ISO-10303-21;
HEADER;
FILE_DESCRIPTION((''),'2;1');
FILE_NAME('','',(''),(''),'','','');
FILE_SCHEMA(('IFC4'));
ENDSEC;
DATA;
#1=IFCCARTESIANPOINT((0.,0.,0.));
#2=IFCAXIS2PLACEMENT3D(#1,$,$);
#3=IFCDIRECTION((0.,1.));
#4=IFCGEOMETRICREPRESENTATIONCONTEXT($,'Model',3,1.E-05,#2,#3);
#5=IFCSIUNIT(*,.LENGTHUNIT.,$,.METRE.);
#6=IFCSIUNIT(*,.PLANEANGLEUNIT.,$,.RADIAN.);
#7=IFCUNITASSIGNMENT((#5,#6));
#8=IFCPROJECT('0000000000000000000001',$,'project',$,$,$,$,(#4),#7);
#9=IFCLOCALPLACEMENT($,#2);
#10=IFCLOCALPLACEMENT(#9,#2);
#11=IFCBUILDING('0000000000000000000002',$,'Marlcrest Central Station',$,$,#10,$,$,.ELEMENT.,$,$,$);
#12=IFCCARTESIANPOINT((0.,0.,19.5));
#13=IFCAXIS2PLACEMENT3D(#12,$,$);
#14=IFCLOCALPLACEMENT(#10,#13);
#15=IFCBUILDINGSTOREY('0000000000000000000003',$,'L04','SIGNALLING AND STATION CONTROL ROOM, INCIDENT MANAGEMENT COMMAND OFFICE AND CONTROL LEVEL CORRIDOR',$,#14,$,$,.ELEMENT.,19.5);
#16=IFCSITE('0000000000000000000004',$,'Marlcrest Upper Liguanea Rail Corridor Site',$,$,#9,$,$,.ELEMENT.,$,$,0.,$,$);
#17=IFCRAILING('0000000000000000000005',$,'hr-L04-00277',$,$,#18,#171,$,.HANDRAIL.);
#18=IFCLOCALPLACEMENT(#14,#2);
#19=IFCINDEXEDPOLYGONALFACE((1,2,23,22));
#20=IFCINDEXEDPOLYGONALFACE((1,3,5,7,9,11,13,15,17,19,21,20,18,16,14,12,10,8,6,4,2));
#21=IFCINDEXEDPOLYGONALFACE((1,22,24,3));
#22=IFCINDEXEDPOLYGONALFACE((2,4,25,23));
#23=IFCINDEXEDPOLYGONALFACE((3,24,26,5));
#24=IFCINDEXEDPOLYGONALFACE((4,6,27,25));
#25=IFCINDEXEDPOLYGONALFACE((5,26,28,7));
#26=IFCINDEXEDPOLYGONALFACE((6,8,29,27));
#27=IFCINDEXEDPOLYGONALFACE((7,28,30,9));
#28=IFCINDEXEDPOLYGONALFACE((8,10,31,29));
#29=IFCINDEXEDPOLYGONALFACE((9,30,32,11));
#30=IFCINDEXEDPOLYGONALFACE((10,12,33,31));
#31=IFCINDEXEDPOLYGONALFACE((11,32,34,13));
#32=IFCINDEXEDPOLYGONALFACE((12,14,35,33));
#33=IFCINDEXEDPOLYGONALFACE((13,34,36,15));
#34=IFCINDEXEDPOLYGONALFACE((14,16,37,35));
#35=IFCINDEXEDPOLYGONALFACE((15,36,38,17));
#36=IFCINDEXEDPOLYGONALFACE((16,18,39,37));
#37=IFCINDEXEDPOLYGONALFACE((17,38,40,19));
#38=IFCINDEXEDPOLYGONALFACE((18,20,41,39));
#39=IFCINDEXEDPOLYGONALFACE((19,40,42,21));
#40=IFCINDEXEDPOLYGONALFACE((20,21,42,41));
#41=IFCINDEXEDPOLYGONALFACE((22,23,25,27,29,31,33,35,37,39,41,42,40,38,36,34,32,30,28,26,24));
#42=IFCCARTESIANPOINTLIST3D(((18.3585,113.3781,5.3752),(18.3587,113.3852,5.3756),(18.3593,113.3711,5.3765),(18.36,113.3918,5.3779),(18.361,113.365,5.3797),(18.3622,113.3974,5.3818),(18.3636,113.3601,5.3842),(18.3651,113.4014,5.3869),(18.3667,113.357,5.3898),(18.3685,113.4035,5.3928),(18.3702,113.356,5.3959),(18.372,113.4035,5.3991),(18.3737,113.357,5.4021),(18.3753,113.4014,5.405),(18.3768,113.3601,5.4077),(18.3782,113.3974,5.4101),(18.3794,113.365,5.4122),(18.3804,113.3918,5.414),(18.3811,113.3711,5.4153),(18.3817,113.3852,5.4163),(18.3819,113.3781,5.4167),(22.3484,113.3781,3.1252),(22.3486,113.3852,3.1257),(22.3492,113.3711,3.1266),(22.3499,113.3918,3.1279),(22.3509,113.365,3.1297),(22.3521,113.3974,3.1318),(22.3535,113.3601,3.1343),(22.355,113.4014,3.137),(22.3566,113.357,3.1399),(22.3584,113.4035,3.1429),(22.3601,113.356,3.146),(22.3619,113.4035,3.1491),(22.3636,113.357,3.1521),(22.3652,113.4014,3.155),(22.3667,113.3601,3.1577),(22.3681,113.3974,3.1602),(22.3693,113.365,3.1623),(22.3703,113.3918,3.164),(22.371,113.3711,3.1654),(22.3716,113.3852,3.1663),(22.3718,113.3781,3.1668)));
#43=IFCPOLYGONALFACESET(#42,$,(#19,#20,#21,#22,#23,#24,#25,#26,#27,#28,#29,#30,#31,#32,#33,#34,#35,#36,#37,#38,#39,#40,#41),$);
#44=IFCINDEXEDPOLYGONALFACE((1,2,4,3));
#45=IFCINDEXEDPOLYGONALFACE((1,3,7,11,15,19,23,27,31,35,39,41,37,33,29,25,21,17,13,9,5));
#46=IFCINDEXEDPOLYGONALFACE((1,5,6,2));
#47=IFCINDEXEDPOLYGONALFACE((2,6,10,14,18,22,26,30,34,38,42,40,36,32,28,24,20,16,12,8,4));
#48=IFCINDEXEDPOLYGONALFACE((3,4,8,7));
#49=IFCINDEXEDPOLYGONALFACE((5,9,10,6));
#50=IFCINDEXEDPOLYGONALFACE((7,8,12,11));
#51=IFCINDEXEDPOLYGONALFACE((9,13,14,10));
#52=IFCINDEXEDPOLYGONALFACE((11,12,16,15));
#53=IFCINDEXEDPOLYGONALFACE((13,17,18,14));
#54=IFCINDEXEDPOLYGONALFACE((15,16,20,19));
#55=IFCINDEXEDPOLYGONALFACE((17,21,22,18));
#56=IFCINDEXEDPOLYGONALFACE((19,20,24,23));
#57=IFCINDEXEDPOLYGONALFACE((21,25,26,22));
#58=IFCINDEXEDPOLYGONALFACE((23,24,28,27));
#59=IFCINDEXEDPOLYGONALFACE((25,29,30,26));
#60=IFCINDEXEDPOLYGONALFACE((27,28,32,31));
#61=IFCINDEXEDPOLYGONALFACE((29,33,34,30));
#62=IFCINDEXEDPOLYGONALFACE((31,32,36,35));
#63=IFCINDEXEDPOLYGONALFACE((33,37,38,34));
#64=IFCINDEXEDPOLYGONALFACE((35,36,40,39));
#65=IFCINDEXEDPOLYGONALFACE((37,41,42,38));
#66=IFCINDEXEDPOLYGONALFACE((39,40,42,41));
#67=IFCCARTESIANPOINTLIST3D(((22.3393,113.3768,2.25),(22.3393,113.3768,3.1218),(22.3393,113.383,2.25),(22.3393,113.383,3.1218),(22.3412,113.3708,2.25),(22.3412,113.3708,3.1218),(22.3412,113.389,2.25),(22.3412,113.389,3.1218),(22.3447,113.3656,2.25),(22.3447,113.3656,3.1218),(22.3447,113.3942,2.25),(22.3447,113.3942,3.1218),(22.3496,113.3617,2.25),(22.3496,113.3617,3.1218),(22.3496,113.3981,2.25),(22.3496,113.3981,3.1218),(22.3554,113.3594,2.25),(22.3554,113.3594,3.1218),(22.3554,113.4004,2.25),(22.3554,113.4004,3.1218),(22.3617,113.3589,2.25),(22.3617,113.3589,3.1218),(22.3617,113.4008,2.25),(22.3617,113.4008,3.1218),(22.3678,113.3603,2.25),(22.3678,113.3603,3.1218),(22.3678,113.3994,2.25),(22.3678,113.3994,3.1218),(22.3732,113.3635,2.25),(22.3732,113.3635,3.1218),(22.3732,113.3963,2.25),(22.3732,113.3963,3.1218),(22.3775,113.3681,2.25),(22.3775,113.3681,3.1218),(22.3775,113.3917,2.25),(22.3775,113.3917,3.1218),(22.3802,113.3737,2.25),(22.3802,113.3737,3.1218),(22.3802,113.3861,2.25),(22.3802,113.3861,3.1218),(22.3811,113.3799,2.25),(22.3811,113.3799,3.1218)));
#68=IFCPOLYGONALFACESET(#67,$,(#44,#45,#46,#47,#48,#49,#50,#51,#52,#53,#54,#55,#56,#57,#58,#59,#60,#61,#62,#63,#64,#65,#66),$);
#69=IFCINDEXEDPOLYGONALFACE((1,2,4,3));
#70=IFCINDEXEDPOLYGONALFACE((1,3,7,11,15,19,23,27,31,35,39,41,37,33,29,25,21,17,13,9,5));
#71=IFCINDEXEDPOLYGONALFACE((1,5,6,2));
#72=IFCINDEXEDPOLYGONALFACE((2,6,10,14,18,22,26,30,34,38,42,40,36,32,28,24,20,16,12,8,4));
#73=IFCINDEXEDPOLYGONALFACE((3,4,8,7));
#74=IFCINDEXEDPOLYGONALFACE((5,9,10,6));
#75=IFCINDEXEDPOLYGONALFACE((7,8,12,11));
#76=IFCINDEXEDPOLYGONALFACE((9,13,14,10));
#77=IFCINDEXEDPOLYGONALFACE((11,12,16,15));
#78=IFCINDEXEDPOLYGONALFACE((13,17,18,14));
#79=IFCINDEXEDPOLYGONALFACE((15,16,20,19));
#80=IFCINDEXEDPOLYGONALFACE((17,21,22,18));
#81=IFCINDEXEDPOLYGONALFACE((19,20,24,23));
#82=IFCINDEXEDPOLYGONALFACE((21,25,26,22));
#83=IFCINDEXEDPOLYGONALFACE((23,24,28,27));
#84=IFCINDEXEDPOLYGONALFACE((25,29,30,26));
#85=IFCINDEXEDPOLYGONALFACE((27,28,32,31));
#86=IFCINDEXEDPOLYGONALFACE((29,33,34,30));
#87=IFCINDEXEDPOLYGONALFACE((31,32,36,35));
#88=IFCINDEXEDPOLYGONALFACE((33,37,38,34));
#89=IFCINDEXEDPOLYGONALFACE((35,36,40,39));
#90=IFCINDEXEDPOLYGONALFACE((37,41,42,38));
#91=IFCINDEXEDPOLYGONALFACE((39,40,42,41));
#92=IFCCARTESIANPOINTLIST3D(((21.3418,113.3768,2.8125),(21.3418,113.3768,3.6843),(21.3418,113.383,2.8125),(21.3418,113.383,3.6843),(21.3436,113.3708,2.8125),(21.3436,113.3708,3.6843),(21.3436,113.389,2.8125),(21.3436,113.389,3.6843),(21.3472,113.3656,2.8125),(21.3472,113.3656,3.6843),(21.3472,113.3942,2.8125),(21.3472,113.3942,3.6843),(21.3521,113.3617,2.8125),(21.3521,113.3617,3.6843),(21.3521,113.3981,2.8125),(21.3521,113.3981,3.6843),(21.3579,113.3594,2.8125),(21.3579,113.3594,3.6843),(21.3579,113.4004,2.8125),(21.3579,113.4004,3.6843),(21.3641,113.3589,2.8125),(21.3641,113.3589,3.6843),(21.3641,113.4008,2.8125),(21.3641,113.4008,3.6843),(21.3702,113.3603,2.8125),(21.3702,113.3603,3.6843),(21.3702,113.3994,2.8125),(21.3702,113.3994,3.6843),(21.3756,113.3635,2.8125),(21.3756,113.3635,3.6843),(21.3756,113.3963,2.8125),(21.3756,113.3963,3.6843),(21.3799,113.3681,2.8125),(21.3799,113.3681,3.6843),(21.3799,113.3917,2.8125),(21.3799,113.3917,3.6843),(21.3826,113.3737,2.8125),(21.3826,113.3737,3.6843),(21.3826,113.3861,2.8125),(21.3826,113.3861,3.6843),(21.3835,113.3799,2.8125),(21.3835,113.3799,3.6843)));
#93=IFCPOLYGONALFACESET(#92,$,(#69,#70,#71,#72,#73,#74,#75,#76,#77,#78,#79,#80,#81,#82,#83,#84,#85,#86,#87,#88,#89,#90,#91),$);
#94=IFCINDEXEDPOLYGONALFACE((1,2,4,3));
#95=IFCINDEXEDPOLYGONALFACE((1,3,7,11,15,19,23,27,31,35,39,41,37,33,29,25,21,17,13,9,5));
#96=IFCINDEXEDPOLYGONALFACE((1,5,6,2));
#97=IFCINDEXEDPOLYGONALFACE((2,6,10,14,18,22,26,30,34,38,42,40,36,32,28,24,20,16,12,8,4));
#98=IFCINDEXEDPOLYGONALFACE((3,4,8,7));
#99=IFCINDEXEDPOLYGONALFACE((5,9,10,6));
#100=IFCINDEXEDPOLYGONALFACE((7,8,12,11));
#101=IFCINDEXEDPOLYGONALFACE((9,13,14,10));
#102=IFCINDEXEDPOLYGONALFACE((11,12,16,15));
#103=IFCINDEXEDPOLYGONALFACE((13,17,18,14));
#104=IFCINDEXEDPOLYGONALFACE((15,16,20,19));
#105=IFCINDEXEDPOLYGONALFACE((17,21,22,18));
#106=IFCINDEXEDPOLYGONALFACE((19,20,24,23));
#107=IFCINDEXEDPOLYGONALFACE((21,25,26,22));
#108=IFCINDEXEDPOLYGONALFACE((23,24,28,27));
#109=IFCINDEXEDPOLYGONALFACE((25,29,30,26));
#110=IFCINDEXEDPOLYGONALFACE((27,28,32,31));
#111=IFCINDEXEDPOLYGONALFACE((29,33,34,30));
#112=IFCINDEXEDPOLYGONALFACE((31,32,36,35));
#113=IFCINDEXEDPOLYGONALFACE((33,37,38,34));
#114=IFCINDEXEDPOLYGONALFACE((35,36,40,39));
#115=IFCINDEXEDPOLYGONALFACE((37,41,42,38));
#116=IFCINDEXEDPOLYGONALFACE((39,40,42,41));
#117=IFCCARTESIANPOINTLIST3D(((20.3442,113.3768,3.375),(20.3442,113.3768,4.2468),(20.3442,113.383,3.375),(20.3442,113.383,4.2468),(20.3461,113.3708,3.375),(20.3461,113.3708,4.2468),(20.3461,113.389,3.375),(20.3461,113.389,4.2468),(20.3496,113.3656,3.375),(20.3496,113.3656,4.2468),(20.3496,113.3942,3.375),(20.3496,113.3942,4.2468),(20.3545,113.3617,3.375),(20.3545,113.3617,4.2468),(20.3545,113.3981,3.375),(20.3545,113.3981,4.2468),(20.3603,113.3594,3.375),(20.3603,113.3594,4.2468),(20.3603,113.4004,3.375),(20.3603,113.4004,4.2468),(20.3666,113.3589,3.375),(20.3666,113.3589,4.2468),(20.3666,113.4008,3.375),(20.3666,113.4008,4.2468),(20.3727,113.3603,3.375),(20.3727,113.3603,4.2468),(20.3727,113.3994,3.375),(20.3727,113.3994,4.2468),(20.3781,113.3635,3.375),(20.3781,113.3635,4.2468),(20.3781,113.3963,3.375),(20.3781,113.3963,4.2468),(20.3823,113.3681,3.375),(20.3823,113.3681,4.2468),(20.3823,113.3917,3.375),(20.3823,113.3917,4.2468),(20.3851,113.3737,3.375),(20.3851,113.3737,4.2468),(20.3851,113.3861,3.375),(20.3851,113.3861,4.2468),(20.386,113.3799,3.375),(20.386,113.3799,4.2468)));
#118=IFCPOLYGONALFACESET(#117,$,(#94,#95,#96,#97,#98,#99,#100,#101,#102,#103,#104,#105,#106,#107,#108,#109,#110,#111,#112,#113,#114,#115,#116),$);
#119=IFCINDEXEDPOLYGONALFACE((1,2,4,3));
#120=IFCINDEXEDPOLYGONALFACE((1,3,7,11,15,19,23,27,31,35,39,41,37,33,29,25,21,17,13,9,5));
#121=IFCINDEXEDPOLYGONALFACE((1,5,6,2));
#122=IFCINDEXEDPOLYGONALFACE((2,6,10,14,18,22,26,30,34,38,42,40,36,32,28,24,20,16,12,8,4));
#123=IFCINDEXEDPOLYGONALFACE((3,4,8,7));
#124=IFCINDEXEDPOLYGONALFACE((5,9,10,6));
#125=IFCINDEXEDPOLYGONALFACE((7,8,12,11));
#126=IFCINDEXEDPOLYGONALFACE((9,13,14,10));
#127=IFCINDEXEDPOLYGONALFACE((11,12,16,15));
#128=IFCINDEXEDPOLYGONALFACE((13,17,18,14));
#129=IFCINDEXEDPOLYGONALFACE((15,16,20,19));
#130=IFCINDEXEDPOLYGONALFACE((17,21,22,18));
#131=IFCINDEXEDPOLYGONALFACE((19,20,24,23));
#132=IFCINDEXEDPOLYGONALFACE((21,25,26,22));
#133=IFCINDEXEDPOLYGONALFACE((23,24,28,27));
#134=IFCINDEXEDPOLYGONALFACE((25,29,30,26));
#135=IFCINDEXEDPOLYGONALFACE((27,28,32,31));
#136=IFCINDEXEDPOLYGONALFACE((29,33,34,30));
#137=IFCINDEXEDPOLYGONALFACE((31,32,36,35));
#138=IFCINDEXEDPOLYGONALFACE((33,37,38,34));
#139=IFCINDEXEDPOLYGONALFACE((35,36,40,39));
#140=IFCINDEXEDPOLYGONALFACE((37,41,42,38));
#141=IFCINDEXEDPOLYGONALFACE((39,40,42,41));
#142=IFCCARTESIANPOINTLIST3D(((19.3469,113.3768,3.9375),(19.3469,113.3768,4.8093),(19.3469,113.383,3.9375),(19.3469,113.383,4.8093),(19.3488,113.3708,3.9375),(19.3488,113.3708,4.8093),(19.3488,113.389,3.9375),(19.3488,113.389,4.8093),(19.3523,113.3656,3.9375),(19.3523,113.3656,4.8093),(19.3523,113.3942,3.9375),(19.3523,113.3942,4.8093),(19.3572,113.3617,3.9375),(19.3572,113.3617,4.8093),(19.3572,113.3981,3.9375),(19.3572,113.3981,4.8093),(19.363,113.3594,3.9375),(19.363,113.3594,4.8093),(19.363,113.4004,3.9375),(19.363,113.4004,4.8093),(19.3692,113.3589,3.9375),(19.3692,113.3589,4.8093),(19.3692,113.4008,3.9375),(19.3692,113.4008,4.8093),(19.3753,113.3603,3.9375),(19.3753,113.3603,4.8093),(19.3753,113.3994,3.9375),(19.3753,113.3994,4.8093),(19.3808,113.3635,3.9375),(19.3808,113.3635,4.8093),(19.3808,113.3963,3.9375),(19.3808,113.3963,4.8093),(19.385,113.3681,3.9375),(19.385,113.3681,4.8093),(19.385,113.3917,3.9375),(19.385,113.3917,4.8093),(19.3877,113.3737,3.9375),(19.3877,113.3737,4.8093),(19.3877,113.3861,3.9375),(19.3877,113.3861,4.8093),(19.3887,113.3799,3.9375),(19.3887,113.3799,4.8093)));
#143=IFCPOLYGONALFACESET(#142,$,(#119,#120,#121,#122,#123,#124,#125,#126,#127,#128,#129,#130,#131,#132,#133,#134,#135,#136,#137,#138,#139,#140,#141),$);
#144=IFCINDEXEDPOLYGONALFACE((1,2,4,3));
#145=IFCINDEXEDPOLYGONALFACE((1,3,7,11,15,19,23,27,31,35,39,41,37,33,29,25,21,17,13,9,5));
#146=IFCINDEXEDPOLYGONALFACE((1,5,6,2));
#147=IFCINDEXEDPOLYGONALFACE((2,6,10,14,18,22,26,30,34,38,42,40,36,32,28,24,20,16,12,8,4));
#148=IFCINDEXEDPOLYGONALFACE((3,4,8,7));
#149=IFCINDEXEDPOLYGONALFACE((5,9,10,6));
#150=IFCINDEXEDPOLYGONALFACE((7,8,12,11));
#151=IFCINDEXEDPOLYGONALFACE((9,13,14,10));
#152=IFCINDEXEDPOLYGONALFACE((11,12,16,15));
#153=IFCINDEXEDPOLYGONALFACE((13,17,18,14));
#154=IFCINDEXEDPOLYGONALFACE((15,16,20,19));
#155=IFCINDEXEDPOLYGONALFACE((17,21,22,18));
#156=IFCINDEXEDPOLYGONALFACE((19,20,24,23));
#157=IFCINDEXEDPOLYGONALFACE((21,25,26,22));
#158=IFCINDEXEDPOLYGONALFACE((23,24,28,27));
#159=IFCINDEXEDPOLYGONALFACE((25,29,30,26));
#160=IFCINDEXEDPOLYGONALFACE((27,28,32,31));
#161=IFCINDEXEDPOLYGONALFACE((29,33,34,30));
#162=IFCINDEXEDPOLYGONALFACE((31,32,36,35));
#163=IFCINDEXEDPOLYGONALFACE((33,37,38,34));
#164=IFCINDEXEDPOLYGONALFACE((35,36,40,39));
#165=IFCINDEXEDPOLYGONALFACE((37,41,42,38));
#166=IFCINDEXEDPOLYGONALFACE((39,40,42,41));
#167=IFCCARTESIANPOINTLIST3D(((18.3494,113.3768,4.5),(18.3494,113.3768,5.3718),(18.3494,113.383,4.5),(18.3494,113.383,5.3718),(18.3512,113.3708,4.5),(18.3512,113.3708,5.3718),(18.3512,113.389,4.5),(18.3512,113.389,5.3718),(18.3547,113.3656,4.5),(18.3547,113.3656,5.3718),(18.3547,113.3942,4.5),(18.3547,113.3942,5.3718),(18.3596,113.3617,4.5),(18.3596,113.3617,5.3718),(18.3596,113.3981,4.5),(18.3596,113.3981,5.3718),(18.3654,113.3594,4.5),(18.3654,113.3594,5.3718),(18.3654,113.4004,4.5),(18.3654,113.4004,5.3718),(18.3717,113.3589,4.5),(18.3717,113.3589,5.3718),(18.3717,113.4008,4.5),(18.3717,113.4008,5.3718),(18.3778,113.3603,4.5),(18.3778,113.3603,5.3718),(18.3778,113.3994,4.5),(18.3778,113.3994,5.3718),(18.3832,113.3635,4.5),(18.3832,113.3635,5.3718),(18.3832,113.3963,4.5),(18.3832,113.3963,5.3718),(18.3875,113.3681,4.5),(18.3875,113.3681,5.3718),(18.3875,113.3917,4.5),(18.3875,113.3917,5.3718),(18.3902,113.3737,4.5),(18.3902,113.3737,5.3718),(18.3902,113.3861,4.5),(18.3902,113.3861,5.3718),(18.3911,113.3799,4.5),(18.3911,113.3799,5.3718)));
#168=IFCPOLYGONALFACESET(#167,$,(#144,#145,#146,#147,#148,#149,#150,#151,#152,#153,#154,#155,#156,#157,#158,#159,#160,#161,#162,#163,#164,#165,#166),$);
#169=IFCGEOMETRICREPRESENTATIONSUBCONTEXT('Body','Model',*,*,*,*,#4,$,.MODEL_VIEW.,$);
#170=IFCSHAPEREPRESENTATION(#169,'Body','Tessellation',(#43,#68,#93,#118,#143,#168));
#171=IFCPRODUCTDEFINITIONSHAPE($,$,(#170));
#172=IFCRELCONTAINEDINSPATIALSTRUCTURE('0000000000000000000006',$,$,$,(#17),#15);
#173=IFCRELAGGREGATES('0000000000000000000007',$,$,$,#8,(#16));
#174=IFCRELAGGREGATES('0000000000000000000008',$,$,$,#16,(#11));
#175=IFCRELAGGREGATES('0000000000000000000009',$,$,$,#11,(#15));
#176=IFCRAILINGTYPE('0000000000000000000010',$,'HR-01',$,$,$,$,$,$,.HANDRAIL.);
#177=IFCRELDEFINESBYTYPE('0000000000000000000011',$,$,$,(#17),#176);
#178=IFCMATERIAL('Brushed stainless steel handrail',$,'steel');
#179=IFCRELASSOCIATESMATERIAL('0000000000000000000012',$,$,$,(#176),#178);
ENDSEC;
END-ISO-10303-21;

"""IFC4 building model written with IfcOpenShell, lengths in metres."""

from ifc_helpers import new_model, si_unit, direction, frame, origin, origin_2d, place, context, subcontext, project, spatial, circle, extrude, material, type_object, element, save


model = new_model("IFC4")

# Units and contexts
model_context = context("Model", 3, precision=1e-05, world=origin(), true_north=direction((0.0, 1.0)))
body_context = subcontext(model_context, "Body", "Model", "MODEL_VIEW")
ifc_project = project(units=[si_unit("LENGTHUNIT", "METRE"), si_unit("PLANEANGLEUNIT", "RADIAN")], contexts=[model_context])

# Site, building, storey
site_placement = place(None, origin())
site = spatial("IfcSite", under=ifc_project, at=site_placement, Name="Marlcrest Upper Liguanea Rail Corridor Site", CompositionType="ELEMENT", RefElevation=0.0)
building_placement = place(site_placement, origin())
building = spatial("IfcBuilding", under=site, at=building_placement, Name="Marlcrest Central Station", CompositionType="ELEMENT")
storey_placement = place(building_placement, frame((0.0, 0.0, 19.5)))
storey = spatial("IfcBuildingStorey", under=building, at=storey_placement, Name="L04", Description="SIGNALLING AND STATION CONTROL ROOM, INCIDENT MANAGEMENT COMMAND OFFICE AND CONTROL LEVEL CORRIDOR", CompositionType="ELEMENT", Elevation=19.5)

# Railing
ifc_material_1 = material(Name="Brushed stainless steel handrail", Category="steel")
railing_type_1 = type_object("IfcRailingType", Name="HR-01", PredefinedType="HANDRAIL", material=ifc_material_1)
railing_1_placement = place(storey_placement, frame((22.3601, 113.3799, 2.25)))
element("IfcRailing", 1, at=railing_1_placement, inside=storey, type_object=railing_type_1, Name="hr-L04-00277", PredefinedType="HANDRAIL", context=body_context, shape_type="SweptSolid", body=[
    extrude(circle(Radius=0.0239, at=origin_2d()), frame((0.0, 0.0, 0.896), z_axis=(-0.87105, 0.0, 0.491195), x_axis=(0.0, -1.0, 0.0)), (0.0, 0.0, 1.0), 4.5806),
    extrude(circle(Radius=0.021, at=origin_2d()), origin(), (0.0, 0.0, 1.0), 0.8718),
    extrude(circle(Radius=0.021, at=origin_2d()), frame((-0.9976, 0.0, 0.5625)), (0.0, 0.0, 1.0), 0.8718),
    extrude(circle(Radius=0.021, at=origin_2d()), frame((-1.9951, 0.0, 1.125)), (0.0, 0.0, 1.0), 0.8718),
    extrude(circle(Radius=0.021, at=origin_2d()), frame((-2.9924, 0.0, 1.6875)), (0.0, 0.0, 1.0), 0.8718),
    extrude(circle(Radius=0.021, at=origin_2d()), frame((-3.99, 0.0, 2.25)), (0.0, 0.0, 1.0), 0.8718),
])

save(model, "model.ifc")
